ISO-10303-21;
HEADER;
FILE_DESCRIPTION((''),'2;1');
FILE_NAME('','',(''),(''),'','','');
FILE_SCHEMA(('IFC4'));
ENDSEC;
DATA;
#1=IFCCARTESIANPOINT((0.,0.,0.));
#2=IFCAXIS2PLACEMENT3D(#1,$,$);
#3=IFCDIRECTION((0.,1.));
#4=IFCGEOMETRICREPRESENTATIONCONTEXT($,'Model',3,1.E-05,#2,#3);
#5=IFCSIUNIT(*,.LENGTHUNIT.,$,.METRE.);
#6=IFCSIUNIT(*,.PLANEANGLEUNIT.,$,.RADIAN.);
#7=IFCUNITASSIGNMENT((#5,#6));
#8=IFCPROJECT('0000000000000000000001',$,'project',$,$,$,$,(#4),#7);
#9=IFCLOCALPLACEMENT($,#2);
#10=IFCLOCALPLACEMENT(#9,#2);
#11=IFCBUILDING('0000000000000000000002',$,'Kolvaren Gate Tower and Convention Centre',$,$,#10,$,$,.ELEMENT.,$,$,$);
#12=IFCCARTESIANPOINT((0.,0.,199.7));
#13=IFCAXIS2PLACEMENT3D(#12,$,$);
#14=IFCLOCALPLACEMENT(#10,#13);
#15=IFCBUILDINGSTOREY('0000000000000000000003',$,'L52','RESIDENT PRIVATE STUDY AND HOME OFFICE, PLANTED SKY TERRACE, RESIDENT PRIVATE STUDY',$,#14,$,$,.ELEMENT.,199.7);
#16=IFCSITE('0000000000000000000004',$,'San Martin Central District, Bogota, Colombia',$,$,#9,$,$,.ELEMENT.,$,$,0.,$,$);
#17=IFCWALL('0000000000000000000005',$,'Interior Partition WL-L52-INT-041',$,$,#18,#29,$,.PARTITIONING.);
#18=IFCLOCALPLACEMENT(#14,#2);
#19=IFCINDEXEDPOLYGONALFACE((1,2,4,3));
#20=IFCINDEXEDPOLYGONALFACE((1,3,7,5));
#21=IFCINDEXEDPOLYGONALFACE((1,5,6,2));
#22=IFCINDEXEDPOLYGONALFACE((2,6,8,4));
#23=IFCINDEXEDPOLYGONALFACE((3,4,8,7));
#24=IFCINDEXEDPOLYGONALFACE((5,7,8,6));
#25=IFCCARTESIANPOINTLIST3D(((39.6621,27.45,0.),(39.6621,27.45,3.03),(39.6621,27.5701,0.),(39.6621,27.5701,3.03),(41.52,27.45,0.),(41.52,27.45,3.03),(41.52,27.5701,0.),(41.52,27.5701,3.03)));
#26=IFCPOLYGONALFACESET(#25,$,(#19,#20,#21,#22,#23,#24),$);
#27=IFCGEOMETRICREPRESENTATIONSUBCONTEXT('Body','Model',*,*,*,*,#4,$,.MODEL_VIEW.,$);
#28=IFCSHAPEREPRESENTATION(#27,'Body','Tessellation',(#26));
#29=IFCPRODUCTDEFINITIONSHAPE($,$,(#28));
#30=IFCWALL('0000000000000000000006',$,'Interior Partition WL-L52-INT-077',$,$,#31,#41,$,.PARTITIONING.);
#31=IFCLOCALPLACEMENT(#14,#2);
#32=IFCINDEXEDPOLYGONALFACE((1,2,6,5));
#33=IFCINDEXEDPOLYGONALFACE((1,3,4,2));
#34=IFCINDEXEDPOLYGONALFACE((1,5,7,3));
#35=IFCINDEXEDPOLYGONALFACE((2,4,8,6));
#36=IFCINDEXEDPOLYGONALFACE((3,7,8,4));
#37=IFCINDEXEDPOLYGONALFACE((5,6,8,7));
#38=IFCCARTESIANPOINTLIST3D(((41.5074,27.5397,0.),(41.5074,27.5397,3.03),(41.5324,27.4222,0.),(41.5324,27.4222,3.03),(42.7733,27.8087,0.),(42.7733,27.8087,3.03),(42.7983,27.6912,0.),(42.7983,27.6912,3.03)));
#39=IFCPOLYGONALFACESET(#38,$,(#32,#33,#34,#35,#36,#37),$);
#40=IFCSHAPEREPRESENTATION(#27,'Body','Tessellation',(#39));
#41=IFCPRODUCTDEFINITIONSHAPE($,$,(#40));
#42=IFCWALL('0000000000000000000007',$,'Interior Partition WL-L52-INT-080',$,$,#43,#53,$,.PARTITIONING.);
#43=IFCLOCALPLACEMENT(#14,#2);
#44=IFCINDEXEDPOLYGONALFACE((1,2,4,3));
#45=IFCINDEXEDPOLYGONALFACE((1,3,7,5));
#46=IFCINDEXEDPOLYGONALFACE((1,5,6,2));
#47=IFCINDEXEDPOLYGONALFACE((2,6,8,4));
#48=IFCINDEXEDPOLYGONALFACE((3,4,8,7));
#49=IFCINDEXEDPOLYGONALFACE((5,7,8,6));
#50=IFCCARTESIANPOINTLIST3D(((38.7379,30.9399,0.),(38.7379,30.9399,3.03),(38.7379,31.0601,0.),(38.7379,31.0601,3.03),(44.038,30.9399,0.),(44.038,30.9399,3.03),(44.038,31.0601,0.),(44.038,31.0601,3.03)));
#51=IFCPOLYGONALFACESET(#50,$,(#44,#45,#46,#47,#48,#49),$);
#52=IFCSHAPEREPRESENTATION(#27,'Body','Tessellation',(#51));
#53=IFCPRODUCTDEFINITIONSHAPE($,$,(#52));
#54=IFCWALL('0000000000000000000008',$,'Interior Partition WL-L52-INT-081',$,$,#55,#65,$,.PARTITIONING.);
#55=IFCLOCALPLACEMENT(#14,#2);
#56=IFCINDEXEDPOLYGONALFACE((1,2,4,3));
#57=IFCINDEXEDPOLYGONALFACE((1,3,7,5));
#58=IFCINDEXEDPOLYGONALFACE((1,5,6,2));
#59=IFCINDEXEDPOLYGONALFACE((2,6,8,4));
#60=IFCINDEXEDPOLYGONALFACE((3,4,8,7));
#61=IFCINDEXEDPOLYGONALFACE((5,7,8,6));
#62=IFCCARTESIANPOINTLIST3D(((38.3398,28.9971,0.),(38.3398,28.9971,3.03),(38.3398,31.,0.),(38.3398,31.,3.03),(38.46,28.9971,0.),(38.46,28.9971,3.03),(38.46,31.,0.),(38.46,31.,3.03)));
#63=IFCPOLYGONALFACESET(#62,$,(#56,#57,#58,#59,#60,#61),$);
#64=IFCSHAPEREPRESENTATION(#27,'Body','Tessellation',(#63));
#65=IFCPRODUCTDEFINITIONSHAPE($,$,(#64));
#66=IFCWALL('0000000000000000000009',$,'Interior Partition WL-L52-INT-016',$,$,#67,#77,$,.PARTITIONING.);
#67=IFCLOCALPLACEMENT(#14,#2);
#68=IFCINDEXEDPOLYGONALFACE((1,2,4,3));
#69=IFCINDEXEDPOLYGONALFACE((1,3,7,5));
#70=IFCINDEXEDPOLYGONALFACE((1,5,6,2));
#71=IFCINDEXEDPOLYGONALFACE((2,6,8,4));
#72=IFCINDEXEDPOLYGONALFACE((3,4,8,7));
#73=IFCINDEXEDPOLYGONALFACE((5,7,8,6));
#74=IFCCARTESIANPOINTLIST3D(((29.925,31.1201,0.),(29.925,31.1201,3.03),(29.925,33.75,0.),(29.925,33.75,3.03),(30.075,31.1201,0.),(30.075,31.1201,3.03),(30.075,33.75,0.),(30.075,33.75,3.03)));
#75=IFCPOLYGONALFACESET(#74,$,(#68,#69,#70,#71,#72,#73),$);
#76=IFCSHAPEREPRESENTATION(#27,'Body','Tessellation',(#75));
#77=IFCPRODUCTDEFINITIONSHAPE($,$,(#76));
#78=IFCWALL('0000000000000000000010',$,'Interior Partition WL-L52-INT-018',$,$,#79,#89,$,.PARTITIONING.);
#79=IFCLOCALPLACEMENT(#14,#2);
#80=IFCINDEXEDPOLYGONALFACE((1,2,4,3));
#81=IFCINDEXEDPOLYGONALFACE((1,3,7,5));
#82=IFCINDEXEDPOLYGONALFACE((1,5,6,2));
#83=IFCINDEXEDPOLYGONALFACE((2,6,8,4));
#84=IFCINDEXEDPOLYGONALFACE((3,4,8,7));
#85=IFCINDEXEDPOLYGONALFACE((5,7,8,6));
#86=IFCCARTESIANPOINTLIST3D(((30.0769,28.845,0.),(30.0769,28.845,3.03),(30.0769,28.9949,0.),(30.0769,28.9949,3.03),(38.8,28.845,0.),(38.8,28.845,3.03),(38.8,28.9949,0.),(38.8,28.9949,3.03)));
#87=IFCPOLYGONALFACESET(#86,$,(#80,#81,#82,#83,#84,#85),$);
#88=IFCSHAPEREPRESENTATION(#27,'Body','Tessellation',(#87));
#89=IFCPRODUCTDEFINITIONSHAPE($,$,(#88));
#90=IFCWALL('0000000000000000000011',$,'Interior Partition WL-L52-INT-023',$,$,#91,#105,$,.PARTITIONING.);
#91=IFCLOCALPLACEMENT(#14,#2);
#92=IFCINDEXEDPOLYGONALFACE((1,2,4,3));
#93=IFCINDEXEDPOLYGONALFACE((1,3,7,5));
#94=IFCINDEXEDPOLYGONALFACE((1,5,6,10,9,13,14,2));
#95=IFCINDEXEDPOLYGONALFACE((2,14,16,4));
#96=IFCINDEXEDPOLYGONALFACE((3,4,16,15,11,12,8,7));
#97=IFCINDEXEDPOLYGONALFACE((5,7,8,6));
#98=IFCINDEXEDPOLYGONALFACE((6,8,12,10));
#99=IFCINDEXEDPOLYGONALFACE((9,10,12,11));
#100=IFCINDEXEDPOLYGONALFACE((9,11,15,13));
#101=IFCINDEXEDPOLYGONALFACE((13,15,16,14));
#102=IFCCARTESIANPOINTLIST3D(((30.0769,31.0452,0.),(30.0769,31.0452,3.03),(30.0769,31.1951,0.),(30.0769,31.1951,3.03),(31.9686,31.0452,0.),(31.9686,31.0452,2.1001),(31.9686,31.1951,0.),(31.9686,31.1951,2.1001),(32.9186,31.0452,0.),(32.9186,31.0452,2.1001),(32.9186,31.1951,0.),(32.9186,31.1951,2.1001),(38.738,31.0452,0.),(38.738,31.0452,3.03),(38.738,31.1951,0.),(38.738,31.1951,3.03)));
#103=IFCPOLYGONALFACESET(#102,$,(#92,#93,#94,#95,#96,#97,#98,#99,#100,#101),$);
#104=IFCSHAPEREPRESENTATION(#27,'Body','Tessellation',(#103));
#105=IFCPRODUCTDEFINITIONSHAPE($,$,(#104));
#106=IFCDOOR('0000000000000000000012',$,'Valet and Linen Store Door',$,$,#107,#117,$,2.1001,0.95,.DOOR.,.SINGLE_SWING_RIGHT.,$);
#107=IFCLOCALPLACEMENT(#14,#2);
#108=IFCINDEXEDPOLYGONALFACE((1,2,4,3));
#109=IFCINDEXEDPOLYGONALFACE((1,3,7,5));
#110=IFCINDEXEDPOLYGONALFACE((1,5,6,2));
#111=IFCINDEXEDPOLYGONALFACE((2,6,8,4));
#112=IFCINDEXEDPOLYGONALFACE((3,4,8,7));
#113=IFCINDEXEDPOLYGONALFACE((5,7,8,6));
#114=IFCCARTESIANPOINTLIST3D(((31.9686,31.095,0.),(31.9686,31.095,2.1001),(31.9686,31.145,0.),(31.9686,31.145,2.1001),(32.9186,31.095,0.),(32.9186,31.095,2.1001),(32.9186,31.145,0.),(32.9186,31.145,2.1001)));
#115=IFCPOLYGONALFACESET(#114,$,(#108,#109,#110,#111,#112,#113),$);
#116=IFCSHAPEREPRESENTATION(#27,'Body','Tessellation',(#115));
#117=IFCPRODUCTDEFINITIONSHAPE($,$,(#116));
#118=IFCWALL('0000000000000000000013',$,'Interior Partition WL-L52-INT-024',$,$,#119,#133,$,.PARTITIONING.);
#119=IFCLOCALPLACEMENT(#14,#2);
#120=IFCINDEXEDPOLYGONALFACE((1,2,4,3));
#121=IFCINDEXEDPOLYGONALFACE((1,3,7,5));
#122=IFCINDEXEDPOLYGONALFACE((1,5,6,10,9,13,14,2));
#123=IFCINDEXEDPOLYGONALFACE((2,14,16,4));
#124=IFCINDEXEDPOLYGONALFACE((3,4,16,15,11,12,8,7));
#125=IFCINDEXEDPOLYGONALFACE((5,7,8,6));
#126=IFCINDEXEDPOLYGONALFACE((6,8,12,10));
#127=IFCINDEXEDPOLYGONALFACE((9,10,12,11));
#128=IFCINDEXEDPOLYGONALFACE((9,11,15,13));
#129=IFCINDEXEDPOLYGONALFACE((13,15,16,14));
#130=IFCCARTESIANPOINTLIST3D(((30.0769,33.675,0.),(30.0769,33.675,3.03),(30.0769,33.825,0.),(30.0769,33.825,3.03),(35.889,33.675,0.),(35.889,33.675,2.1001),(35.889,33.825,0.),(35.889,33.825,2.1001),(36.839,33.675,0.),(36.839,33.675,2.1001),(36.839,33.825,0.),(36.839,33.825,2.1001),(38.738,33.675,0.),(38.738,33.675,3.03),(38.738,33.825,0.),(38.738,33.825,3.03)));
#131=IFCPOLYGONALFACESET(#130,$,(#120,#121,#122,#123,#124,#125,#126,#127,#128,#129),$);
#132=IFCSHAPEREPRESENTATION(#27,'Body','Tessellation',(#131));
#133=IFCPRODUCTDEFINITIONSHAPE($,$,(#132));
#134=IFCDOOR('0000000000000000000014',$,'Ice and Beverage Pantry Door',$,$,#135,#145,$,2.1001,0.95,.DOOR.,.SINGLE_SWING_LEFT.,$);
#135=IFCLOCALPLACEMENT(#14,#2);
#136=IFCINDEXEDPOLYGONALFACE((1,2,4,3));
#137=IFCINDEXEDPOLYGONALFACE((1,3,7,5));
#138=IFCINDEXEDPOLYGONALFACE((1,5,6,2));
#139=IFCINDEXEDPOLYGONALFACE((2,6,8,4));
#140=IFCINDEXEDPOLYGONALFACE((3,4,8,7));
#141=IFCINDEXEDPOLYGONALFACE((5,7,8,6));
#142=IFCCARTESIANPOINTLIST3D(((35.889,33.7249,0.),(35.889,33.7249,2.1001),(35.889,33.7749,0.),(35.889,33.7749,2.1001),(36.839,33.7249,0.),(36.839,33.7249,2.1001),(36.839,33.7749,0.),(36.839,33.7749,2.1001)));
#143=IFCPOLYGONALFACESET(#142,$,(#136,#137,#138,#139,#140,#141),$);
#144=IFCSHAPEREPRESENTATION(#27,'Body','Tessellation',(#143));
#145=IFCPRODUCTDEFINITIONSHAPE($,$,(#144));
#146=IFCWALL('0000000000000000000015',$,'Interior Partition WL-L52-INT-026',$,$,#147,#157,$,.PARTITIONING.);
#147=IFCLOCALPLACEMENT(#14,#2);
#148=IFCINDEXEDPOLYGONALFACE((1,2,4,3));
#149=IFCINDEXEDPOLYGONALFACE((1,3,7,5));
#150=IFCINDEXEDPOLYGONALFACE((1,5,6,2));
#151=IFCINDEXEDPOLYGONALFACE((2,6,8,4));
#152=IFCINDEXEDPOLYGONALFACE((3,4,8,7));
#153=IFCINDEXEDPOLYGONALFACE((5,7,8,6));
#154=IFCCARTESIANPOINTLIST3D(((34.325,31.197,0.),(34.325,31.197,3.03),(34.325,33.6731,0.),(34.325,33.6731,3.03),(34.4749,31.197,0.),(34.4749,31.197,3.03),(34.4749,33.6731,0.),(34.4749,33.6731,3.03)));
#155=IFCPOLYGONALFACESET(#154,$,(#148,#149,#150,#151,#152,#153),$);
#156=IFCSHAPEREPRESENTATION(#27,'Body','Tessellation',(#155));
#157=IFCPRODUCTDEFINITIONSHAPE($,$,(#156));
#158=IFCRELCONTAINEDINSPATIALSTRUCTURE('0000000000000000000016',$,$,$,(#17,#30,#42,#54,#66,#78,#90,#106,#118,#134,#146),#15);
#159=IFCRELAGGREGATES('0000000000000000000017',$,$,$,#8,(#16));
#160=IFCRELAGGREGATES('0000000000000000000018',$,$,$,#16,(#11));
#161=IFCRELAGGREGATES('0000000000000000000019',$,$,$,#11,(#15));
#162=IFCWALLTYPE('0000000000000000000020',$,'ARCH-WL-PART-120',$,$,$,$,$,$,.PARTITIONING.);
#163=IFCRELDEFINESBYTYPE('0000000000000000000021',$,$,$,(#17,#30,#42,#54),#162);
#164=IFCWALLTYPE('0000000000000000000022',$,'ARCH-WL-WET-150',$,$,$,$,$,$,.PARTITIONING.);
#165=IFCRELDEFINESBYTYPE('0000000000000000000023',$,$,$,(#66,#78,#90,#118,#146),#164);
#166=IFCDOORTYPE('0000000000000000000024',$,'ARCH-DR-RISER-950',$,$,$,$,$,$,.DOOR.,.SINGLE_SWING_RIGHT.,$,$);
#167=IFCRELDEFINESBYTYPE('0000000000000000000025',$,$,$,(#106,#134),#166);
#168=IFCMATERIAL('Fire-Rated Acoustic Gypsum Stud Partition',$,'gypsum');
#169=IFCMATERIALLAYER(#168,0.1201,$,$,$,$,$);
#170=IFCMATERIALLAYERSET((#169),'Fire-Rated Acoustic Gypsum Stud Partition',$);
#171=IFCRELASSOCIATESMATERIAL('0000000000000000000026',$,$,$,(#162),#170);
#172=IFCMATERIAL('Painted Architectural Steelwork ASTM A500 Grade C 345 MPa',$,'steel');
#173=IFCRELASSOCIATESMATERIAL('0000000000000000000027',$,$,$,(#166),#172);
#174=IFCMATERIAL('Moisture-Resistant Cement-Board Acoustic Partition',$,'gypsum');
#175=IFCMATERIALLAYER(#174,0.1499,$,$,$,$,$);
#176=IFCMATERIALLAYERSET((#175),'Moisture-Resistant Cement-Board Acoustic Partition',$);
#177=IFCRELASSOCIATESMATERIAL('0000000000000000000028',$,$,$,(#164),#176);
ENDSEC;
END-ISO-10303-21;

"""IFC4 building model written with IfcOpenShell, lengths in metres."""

from ifc_helpers import new_model, si_unit, direction, frame, frame_2d, origin, place, context, subcontext, project, spatial, rectangle, extrude, material, layer, layer_set, type_object, element, fill, save


model = new_model("IFC4")

# Units and contexts
model_context = context("Model", 3, precision=1e-05, world=origin(), true_north=direction((0.0, 1.0)))
body_context = subcontext(model_context, "Body", "Model", "MODEL_VIEW")
ifc_project = project(units=[si_unit("LENGTHUNIT", "METRE"), si_unit("PLANEANGLEUNIT", "RADIAN")], contexts=[model_context])

# Site, building, storey
site_placement = place(None, origin())
site = spatial("IfcSite", under=ifc_project, at=site_placement, Name="San Martin Central District, Bogota, Colombia", CompositionType="ELEMENT", RefElevation=0.0)
building_placement = place(site_placement, origin())
building = spatial("IfcBuilding", under=site, at=building_placement, Name="Kolvaren Gate Tower and Convention Centre", CompositionType="ELEMENT")
storey_placement = place(building_placement, frame((0.0, 0.0, 199.7)))
storey = spatial("IfcBuildingStorey", under=building, at=storey_placement, Name="L52", Description="RESIDENT PRIVATE STUDY AND HOME OFFICE, PLANTED SKY TERRACE, RESIDENT PRIVATE STUDY", CompositionType="ELEMENT", Elevation=199.7)

# Shared definitions
ifc_material_1 = material(Name="Fire-Rated Acoustic Gypsum Stud Partition", Category="gypsum")
ifc_layer_1 = layer(ifc_material_1, 0.1201)
ifc_layer_set_1 = layer_set([ifc_layer_1], Name="Fire-Rated Acoustic Gypsum Stud Partition")
wall_type_1 = type_object("IfcWallType", Name="ARCH-WL-PART-120", PredefinedType="PARTITIONING", material=ifc_layer_set_1)

# Shared definitions
ifc_material_2 = material(Name="Painted Architectural Steelwork ASTM A500 Grade C 345 MPa", Category="steel")
door_type = type_object("IfcDoorType", Name="ARCH-DR-RISER-950", OperationType="SINGLE_SWING_RIGHT", PredefinedType="DOOR", material=ifc_material_2)

# Walls
wall_1_placement = place(storey_placement, frame((39.6621, 27.51, 0.0), z_axis=(0.0, 0.0, 1.0), x_axis=(1.0, 0.0, 0.0)))
element("IfcWall", 1, at=wall_1_placement, inside=storey, type_object=wall_type_1, Name="Interior Partition WL-L52-INT-041", PredefinedType="PARTITIONING", context=body_context, shape_type="SweptSolid", body=[
    extrude(rectangle(XDim=1.8579, YDim=0.1201, at=frame_2d((0.929, 0.0))), origin(), (0.0, 0.0, 1.0), 3.03),
])
wall_2_placement = place(storey_placement, frame((41.52, 27.481, 0.0), z_axis=(0.0, 0.0, 1.0), x_axis=(0.978152, 0.207893, 0.0)))
element("IfcWall", 2, at=wall_2_placement, inside=storey, type_object=wall_type_1, Name="Interior Partition WL-L52-INT-077", PredefinedType="PARTITIONING", context=body_context, shape_type="SweptSolid", body=[
    extrude(rectangle(XDim=1.2942, YDim=0.1201, at=frame_2d((0.647, 0.0))), origin(), (0.0, 0.0, 1.0), 3.03),
])
wall_3_placement = place(storey_placement, frame((38.738, 31.0, 0.0), z_axis=(0.0, 0.0, 1.0), x_axis=(1.0, 0.0, 0.0)))
element("IfcWall", 3, at=wall_3_placement, inside=storey, type_object=wall_type_1, Name="Interior Partition WL-L52-INT-080", PredefinedType="PARTITIONING", context=body_context, shape_type="SweptSolid", body=[
    extrude(rectangle(XDim=5.3, YDim=0.1201, at=frame_2d((2.6499, 0.0))), origin(), (0.0, 0.0, 1.0), 3.03),
])
wall_4_placement = place(storey_placement, frame((38.3999, 28.9971, 0.0), z_axis=(0.0, 0.0, 1.0), x_axis=(0.0, 1.0, 0.0)))
element("IfcWall", 4, at=wall_4_placement, inside=storey, type_object=wall_type_1, Name="Interior Partition WL-L52-INT-081", PredefinedType="PARTITIONING", context=body_context, shape_type="SweptSolid", body=[
    extrude(rectangle(XDim=2.0029, YDim=0.1201, at=frame_2d((1.0015, 0.0))), origin(), (0.0, 0.0, 1.0), 3.03),
])
ifc_material_3 = material(Name="Moisture-Resistant Cement-Board Acoustic Partition", Category="gypsum")
ifc_layer_2 = layer(ifc_material_3, 0.1499)
ifc_layer_set_2 = layer_set([ifc_layer_2], Name="Moisture-Resistant Cement-Board Acoustic Partition")
wall_type_2 = type_object("IfcWallType", Name="ARCH-WL-WET-150", PredefinedType="PARTITIONING", material=ifc_layer_set_2)
wall_5_placement = place(storey_placement, frame((30.0, 31.1201, 0.0), z_axis=(0.0, 0.0, 1.0), x_axis=(0.0, 1.0, 0.0)))
element("IfcWall", 5, at=wall_5_placement, inside=storey, type_object=wall_type_2, Name="Interior Partition WL-L52-INT-016", PredefinedType="PARTITIONING", context=body_context, shape_type="SweptSolid", body=[
    extrude(rectangle(XDim=2.6299, YDim=0.1499, at=frame_2d((1.3149, 0.0))), origin(), (0.0, 0.0, 1.0), 3.03),
])
wall_6_placement = place(storey_placement, frame((30.0769, 28.9199, 0.0), z_axis=(0.0, 0.0, 1.0), x_axis=(1.0, 0.0, 0.0)))
element("IfcWall", 6, at=wall_6_placement, inside=storey, type_object=wall_type_2, Name="Interior Partition WL-L52-INT-018", PredefinedType="PARTITIONING", context=body_context, shape_type="SweptSolid", body=[
    extrude(rectangle(XDim=8.7231, YDim=0.1499, at=frame_2d((4.3616, 0.0))), origin(), (0.0, 0.0, 1.0), 3.03),
])

# Walls, openings, doors
wall_7_placement = place(storey_placement, frame((30.0769, 31.1201, 0.0), z_axis=(0.0, 0.0, 1.0), x_axis=(1.0, 0.0, 0.0)))
wall_7 = element("IfcWall", 7, at=wall_7_placement, inside=storey, type_object=wall_type_2, Name="Interior Partition WL-L52-INT-023", PredefinedType="PARTITIONING", context=body_context, shape_type="SweptSolid", body=[
    extrude(rectangle(XDim=8.6611, YDim=0.1499, at=frame_2d((4.3306, 0.0))), origin(), (0.0, 0.0, 1.0), 3.03),
])
opening_1_placement = place(wall_7_placement, frame((1.8916, 0.0, 0.0)))
opening_1 = element("IfcOpeningElement", 8, at=opening_1_placement, cuts=wall_7, PredefinedType="OPENING", context=body_context, shape_type="SweptSolid", body=[
    extrude(rectangle(XDim=0.95, YDim=2.1001, at=frame_2d((0.4751, 1.05))), frame((0.0, 0.085, 0.0), z_axis=(0.0, -1.0, 0.0), x_axis=(1.0, 0.0, 0.0)), (0.0, 0.0, 1.0), 0.1699),
])
door_1_placement = place(opening_1_placement, origin())
door_1 = element("IfcDoor", 9, at=door_1_placement, inside=storey, type_object=door_type, Name="Valet and Linen Store Door", OperationType="SINGLE_SWING_RIGHT", OverallHeight=2.1001, OverallWidth=0.95, PredefinedType="DOOR", context=body_context, shape_type="SweptSolid", body=[
    extrude(rectangle(XDim=0.95, YDim=2.1001, at=frame_2d((0.4751, 1.05))), frame((0.0, 0.0249, 0.0), z_axis=(0.0, -1.0, 0.0), x_axis=(1.0, 0.0, 0.0)), (0.0, 0.0, 1.0), 0.05),
])
fill(opening_1, door_1)
wall_8_placement = place(storey_placement, frame((30.0769, 33.75, 0.0), z_axis=(0.0, 0.0, 1.0), x_axis=(1.0, 0.0, 0.0)))
wall_8 = element("IfcWall", 10, at=wall_8_placement, inside=storey, type_object=wall_type_2, Name="Interior Partition WL-L52-INT-024", PredefinedType="PARTITIONING", context=body_context, shape_type="SweptSolid", body=[
    extrude(rectangle(XDim=8.6611, YDim=0.1499, at=frame_2d((4.3306, 0.0))), origin(), (0.0, 0.0, 1.0), 3.03),
])
opening_2_placement = place(wall_8_placement, frame((5.812, 0.0, 0.0)))
opening_2 = element("IfcOpeningElement", 11, at=opening_2_placement, cuts=wall_8, PredefinedType="OPENING", context=body_context, shape_type="SweptSolid", body=[
    extrude(rectangle(XDim=0.95, YDim=2.1001, at=frame_2d((0.4751, 1.05))), frame((0.0, 0.085, 0.0), z_axis=(0.0, -1.0, 0.0), x_axis=(1.0, 0.0, 0.0)), (0.0, 0.0, 1.0), 0.1699),
])
door_2_placement = place(opening_2_placement, origin())
door_2 = element("IfcDoor", 12, at=door_2_placement, inside=storey, type_object=door_type, Name="Ice and Beverage Pantry Door", OperationType="SINGLE_SWING_LEFT", OverallHeight=2.1001, OverallWidth=0.95, PredefinedType="DOOR", context=body_context, shape_type="SweptSolid", body=[
    extrude(rectangle(XDim=0.95, YDim=2.1001, at=frame_2d((0.4751, 1.05))), frame((0.0, 0.0249, 0.0), z_axis=(0.0, -1.0, 0.0), x_axis=(1.0, 0.0, 0.0)), (0.0, 0.0, 1.0), 0.05),
])
fill(opening_2, door_2)

# Wall
wall_9_placement = place(storey_placement, frame((34.3999, 31.197, 0.0), z_axis=(0.0, 0.0, 1.0), x_axis=(0.0, 1.0, 0.0)))
element("IfcWall", 13, at=wall_9_placement, inside=storey, type_object=wall_type_2, Name="Interior Partition WL-L52-INT-026", PredefinedType="PARTITIONING", context=body_context, shape_type="SweptSolid", body=[
    extrude(rectangle(XDim=2.4761, YDim=0.1499, at=frame_2d((1.238, 0.0))), origin(), (0.0, 0.0, 1.0), 3.03),
])

save(model, "model.ifc")
